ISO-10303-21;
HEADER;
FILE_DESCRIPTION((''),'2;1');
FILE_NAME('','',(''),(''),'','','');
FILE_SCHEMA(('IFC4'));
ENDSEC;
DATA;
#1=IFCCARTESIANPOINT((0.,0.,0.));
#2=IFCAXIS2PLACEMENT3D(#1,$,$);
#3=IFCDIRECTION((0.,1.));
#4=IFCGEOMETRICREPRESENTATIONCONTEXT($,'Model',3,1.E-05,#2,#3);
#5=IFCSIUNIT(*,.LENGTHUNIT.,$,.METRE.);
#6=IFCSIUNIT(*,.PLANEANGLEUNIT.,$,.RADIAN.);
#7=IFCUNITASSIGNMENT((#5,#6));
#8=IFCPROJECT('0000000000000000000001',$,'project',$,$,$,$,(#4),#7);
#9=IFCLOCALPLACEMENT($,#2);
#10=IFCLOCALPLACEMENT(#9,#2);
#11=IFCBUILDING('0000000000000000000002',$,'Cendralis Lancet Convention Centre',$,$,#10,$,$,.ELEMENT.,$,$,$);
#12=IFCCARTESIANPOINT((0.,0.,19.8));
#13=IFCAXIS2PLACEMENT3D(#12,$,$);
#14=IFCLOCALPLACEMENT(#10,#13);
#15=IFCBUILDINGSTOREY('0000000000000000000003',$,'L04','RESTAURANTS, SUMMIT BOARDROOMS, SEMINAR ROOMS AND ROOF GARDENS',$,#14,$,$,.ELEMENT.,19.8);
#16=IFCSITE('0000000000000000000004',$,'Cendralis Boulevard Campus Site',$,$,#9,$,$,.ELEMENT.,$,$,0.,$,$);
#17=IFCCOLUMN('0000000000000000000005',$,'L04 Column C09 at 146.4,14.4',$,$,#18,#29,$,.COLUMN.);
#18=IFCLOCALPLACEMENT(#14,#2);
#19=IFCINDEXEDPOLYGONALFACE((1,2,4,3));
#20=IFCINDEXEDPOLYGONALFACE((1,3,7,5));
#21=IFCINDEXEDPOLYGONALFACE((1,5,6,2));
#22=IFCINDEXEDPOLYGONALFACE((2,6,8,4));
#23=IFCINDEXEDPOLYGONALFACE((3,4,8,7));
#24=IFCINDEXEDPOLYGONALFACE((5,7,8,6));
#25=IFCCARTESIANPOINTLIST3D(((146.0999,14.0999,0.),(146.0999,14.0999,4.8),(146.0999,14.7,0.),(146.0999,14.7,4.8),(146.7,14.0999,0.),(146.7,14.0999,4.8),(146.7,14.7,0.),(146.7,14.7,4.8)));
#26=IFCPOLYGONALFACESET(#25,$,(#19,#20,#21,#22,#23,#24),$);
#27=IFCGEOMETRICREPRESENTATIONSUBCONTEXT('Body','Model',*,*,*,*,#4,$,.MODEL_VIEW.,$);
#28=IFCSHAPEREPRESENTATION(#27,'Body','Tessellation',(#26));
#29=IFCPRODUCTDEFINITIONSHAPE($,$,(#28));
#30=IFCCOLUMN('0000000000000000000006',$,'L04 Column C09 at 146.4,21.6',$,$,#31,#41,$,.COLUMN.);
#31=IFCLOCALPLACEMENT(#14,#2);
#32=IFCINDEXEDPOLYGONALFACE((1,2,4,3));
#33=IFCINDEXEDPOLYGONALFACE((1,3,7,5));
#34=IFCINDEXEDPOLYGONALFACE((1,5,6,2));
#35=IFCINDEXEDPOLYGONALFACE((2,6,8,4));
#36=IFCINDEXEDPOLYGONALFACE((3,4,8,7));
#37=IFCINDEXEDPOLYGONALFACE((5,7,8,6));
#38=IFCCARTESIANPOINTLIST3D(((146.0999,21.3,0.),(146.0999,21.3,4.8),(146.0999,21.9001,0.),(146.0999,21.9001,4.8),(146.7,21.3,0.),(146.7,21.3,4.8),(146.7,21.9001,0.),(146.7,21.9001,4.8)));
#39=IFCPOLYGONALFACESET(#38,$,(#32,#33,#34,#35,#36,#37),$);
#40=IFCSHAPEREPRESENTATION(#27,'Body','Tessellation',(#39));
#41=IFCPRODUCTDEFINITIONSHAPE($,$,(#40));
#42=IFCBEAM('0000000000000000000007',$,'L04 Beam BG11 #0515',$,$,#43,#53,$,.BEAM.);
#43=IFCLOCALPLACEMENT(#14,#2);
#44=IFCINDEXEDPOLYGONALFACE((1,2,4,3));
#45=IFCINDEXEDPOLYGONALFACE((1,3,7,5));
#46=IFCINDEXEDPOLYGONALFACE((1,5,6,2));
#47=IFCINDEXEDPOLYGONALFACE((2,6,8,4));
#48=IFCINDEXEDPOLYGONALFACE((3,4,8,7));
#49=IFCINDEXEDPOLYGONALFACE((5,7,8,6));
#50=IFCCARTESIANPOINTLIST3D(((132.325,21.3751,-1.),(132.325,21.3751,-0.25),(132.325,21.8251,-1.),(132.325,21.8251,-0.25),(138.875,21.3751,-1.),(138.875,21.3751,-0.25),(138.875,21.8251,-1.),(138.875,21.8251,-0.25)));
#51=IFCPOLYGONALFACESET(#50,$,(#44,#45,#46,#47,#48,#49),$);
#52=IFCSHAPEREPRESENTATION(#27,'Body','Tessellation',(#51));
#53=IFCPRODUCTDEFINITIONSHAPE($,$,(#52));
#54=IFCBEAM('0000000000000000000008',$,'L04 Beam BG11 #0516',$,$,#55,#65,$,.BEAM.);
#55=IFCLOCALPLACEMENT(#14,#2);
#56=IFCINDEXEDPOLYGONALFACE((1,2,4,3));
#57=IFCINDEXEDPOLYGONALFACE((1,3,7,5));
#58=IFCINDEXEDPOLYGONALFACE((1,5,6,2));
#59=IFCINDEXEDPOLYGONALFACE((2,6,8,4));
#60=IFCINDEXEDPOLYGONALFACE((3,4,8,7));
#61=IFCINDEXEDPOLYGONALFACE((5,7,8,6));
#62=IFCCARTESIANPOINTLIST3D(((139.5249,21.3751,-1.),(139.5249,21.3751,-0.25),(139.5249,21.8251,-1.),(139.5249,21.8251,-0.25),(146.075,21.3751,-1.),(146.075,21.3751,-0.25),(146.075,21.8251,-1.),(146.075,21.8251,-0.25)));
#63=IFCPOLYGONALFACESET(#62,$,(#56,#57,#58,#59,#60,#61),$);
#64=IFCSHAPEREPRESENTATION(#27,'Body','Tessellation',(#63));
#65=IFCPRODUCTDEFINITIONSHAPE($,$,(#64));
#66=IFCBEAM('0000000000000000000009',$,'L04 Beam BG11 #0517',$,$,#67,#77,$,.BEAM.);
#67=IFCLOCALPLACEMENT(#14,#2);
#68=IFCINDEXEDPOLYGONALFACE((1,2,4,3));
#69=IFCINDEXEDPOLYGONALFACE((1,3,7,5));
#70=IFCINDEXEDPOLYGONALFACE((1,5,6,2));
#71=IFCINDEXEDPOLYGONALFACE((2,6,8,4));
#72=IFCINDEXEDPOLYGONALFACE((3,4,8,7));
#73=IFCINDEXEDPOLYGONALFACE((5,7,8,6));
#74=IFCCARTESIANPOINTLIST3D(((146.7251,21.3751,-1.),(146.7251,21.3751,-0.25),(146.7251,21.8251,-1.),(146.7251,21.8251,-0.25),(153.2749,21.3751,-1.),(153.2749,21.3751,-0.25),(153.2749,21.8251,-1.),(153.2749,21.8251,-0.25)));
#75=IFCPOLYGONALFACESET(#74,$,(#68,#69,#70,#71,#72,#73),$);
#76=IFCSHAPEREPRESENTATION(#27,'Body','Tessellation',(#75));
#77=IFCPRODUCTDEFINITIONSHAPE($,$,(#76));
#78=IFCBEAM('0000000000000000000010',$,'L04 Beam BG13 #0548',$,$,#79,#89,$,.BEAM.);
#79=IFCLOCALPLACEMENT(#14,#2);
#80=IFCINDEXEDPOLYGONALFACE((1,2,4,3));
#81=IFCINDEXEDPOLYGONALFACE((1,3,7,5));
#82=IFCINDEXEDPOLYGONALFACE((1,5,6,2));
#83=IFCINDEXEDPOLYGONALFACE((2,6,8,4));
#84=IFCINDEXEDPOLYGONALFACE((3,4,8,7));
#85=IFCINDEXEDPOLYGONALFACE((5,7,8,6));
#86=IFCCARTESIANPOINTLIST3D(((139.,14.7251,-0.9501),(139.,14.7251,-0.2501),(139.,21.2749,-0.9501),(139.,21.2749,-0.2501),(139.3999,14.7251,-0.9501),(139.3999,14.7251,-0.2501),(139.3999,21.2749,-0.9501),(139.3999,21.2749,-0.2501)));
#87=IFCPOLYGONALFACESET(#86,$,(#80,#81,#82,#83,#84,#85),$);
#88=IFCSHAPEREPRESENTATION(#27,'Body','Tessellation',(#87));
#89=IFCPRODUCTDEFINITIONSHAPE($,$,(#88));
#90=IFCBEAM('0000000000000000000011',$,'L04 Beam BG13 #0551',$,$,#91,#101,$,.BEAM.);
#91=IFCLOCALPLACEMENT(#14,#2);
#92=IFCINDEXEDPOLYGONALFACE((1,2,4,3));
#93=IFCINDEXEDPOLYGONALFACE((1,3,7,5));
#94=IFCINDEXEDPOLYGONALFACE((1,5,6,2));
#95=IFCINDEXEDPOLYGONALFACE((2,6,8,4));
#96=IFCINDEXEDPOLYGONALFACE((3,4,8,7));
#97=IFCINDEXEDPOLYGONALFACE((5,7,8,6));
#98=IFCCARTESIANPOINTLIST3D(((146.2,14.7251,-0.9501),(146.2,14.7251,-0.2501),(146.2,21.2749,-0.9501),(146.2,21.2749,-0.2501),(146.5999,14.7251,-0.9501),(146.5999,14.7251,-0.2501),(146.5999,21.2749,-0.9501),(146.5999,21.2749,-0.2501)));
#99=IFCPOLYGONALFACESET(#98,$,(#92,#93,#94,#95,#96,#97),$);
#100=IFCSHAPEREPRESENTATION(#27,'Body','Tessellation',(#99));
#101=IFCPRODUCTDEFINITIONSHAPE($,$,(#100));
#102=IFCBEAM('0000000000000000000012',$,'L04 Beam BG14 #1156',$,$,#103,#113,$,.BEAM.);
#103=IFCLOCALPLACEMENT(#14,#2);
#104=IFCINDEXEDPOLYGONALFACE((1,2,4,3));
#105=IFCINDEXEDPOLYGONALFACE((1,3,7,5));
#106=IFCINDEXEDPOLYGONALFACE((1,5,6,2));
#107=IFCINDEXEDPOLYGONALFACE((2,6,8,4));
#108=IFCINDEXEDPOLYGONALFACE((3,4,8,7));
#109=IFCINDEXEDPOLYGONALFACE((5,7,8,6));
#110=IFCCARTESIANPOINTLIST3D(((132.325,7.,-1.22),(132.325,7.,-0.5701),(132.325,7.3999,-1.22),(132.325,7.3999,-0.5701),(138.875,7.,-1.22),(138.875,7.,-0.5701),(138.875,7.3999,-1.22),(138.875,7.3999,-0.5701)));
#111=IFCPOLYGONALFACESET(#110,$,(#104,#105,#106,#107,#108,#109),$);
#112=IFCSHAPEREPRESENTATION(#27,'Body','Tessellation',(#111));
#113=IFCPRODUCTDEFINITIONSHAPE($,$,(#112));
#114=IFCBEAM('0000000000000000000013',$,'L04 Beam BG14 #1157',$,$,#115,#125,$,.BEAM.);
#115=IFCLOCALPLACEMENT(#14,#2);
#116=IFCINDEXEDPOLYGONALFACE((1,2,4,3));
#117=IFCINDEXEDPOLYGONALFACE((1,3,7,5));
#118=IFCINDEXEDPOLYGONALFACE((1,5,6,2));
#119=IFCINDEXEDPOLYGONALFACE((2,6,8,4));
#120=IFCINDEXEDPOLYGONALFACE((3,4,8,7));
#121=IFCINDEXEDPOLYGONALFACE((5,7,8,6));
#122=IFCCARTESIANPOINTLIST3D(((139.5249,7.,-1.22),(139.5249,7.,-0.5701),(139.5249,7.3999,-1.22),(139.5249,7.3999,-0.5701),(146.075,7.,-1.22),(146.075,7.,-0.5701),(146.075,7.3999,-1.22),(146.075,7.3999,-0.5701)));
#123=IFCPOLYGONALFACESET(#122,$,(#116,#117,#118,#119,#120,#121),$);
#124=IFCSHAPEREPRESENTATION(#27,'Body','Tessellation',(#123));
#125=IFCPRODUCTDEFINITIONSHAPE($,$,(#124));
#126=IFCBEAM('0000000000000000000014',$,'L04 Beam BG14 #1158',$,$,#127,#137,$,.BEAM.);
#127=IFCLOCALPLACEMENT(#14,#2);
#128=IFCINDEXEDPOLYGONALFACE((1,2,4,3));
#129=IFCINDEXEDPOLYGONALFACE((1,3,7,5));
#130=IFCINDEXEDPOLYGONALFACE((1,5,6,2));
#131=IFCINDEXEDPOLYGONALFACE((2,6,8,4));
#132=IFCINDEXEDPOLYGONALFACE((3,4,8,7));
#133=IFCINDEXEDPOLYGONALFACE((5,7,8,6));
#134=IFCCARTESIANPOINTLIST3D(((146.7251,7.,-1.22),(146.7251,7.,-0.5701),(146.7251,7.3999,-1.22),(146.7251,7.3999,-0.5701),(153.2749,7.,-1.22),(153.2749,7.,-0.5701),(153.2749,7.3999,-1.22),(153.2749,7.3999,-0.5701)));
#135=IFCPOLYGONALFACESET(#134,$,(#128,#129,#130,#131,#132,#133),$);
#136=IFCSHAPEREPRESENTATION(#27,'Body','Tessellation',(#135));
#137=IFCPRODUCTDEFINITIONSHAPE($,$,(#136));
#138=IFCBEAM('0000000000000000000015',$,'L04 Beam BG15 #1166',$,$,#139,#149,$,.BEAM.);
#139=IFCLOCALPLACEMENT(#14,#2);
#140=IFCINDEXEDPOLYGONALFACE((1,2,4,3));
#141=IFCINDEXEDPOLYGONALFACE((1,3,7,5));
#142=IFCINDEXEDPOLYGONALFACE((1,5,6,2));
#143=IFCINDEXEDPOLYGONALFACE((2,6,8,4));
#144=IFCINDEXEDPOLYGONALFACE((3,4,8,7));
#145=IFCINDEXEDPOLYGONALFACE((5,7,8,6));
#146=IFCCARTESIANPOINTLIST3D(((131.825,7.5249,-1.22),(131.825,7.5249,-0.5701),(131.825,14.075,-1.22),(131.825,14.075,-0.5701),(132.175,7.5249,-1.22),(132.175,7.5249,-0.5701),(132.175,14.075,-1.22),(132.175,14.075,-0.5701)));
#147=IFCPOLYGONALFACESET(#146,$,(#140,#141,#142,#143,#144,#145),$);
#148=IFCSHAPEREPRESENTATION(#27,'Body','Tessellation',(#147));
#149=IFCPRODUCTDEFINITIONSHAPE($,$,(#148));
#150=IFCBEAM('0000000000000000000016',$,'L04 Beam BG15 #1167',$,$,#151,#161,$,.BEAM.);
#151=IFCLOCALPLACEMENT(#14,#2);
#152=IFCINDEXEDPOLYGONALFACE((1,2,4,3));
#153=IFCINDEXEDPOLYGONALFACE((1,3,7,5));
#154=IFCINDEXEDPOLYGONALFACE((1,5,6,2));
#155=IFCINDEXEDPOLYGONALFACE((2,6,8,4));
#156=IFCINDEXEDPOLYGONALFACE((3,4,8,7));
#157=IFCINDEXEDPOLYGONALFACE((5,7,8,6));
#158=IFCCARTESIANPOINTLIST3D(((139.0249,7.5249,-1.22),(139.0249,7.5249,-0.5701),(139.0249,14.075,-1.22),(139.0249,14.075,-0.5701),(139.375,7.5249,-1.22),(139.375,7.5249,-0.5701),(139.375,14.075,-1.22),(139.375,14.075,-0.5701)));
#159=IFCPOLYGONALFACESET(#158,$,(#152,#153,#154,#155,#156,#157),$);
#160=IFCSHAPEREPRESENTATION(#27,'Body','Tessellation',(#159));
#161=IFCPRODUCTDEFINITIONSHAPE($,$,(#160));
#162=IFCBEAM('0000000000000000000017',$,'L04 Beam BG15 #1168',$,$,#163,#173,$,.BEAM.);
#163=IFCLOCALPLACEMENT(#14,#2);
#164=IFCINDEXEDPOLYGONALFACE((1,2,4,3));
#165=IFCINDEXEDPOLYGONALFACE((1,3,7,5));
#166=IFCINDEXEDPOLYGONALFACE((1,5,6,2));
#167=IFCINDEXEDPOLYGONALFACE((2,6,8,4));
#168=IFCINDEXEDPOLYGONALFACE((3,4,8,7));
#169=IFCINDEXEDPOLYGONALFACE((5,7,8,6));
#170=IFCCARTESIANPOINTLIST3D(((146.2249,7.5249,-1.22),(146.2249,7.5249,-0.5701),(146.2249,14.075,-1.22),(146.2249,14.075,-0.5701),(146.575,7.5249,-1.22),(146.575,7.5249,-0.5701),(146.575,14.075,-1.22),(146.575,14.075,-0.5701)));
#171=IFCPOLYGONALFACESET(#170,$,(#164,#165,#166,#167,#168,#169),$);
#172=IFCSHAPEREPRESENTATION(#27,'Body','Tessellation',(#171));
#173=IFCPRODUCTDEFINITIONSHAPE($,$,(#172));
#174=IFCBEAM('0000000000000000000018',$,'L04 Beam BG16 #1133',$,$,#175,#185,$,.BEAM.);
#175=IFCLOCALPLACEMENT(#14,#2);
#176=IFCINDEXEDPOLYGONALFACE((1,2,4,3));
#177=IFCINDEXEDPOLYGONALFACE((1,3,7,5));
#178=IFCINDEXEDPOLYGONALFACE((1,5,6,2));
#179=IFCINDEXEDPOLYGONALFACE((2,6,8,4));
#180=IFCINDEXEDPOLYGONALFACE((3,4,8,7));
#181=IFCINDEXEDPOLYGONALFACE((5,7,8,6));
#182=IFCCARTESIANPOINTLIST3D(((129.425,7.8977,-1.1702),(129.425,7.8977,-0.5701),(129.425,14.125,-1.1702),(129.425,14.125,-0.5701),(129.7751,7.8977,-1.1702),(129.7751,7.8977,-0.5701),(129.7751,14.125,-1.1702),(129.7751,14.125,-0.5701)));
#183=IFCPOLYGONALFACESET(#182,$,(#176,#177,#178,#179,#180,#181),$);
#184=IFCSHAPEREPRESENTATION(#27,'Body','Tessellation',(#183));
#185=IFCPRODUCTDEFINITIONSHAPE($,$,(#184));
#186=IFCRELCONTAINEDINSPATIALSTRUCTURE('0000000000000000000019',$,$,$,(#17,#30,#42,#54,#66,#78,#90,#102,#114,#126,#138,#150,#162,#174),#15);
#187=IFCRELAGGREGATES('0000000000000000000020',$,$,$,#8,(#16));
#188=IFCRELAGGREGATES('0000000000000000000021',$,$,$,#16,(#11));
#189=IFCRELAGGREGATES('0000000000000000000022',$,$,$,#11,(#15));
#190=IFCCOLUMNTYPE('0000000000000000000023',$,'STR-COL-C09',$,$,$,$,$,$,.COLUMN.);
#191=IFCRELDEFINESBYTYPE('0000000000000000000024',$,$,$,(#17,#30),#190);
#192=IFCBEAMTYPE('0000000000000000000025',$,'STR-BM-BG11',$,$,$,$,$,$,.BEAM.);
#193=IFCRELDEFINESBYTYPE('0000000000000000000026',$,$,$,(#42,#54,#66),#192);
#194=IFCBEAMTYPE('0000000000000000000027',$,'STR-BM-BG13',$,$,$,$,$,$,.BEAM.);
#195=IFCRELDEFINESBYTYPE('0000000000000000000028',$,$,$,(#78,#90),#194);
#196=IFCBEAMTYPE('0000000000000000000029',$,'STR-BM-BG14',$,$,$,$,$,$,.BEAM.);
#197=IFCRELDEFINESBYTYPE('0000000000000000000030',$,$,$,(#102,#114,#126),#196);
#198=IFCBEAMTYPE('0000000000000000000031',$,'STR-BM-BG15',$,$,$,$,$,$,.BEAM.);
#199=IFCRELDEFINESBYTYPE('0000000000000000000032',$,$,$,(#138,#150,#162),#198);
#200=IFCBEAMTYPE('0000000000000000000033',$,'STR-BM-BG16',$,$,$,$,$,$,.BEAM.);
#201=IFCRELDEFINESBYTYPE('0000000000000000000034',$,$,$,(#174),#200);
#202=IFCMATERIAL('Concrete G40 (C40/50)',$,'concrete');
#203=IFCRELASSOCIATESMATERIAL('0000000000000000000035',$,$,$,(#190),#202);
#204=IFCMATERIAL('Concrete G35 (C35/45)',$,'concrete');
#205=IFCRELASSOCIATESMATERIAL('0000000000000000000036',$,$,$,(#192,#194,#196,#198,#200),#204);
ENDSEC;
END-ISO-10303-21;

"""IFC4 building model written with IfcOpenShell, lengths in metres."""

from ifc_helpers import new_model, si_unit, direction, frame, origin, origin_2d, place, context, subcontext, project, spatial, rectangle, extrude, material, material_profile, profile_set, type_object, element, save


model = new_model("IFC4")

# Units and contexts
model_context = context("Model", 3, precision=1e-05, world=origin(), true_north=direction((0.0, 1.0)))
body_context = subcontext(model_context, "Body", "Model", "MODEL_VIEW")
ifc_project = project(units=[si_unit("LENGTHUNIT", "METRE"), si_unit("PLANEANGLEUNIT", "RADIAN")], contexts=[model_context])

# Site, building, storey
site_placement = place(None, origin())
site = spatial("IfcSite", under=ifc_project, at=site_placement, Name="Cendralis Boulevard Campus Site", CompositionType="ELEMENT", RefElevation=0.0)
building_placement = place(site_placement, origin())
building = spatial("IfcBuilding", under=site, at=building_placement, Name="Cendralis Lancet Convention Centre", CompositionType="ELEMENT")
storey_placement = place(building_placement, frame((0.0, 0.0, 19.8)))
storey = spatial("IfcBuildingStorey", under=building, at=storey_placement, Name="L04", Description="RESTAURANTS, SUMMIT BOARDROOMS, SEMINAR ROOMS AND ROOF GARDENS", CompositionType="ELEMENT", Elevation=19.8)

# Columns
ifc_material_1 = material(Name="Concrete G40 (C40/50)", Category="concrete")
ifc_material_profile_1 = material_profile(ifc_material_1, rectangle(XDim=0.6001, YDim=0.6001, at=origin_2d()), Name="RC 600x600")
ifc_profile_set_1 = profile_set([ifc_material_profile_1], Name="Concrete G40 (C40/50)")
column_type = type_object("IfcColumnType", Name="STR-COL-C09", PredefinedType="COLUMN", material=ifc_profile_set_1)
for number, where, z_axis, x_axis, name in (
    (1, (146.3999, 14.3999, 0.0), (0.0, 0.0, 1.0), (1.0, 0.0, 0.0), "L04 Column C09 at 146.4,14.4"),
    (2, (146.3999, 21.6001, 0.0), (0.0, 0.0, 1.0), (1.0, 0.0, 0.0), "L04 Column C09 at 146.4,21.6"),
):
    element("IfcColumn", number, at=place(storey_placement, frame(where, z_axis=z_axis, x_axis=x_axis)), inside=storey, type_object=column_type, Name=name, PredefinedType="COLUMN", context=body_context, shape_type="SweptSolid", body=[
        extrude(rectangle(XDim=0.6001, YDim=0.6001, at=origin_2d()), origin(), (0.0, 0.0, 1.0), 4.8),
    ])

# Beams
ifc_material_2 = material(Name="Concrete G35 (C35/45)", Category="concrete")
ifc_material_profile_2 = material_profile(ifc_material_2, rectangle(XDim=0.45, YDim=0.75, at=origin_2d()), Name="RCB 450x750")
ifc_profile_set_2 = profile_set([ifc_material_profile_2], Name="Concrete G35 (C35/45)")
beam_type_1 = type_object("IfcBeamType", Name="STR-BM-BG11", PredefinedType="BEAM", material=ifc_profile_set_2)
for number, where, z_axis, x_axis, name in (
    (3, (132.325, 21.6001, -0.625), (1.0, 0.0, 0.0), (0.0, 1.0, 0.0), "L04 Beam BG11 #0515"),
    (4, (139.5249, 21.6001, -0.625), (1.0, 0.0, 0.0), (0.0, 1.0, 0.0), "L04 Beam BG11 #0516"),
):
    element("IfcBeam", number, at=place(storey_placement, frame(where, z_axis=z_axis, x_axis=x_axis)), inside=storey, type_object=beam_type_1, Name=name, PredefinedType="BEAM", context=body_context, shape_type="SweptSolid", body=[
        extrude(rectangle(XDim=0.45, YDim=0.75, at=origin_2d()), origin(), (0.0, 0.0, 1.0), 6.55),
    ])
beam_1_placement = place(storey_placement, frame((146.7251, 21.6001, -0.625), z_axis=(1.0, 0.0, 0.0), x_axis=(0.0, 1.0, 0.0)))
element("IfcBeam", 5, at=beam_1_placement, inside=storey, type_object=beam_type_1, Name="L04 Beam BG11 #0517", PredefinedType="BEAM", context=body_context, shape_type="SweptSolid", body=[
    extrude(rectangle(XDim=0.45, YDim=0.75, at=origin_2d()), origin(), (0.0, 0.0, 1.0), 6.5498),
])
ifc_material_profile_3 = material_profile(ifc_material_2, rectangle(XDim=0.3999, YDim=0.7, at=origin_2d()), Name="RCB 400x700")
ifc_profile_set_3 = profile_set([ifc_material_profile_3], Name="Concrete G35 (C35/45)")
beam_type_2 = type_object("IfcBeamType", Name="STR-BM-BG13", PredefinedType="BEAM", material=ifc_profile_set_3)
for number, where, z_axis, x_axis, name in (
    (6, (139.2, 14.7251, -0.6001), (0.0, 1.0, 0.0), (-1.0, 0.0, 0.0), "L04 Beam BG13 #0548"),
    (7, (146.3999, 14.7251, -0.6001), (0.0, 1.0, 0.0), (-1.0, 0.0, 0.0), "L04 Beam BG13 #0551"),
):
    element("IfcBeam", number, at=place(storey_placement, frame(where, z_axis=z_axis, x_axis=x_axis)), inside=storey, type_object=beam_type_2, Name=name, PredefinedType="BEAM", context=body_context, shape_type="SweptSolid", body=[
        extrude(rectangle(XDim=0.3999, YDim=0.7, at=origin_2d()), origin(), (0.0, 0.0, 1.0), 6.5498),
    ])
ifc_material_profile_4 = material_profile(ifc_material_2, rectangle(XDim=0.3999, YDim=0.6499, at=origin_2d()), Name="RCB 400x650")
ifc_profile_set_4 = profile_set([ifc_material_profile_4], Name="Concrete G35 (C35/45)")
beam_type_3 = type_object("IfcBeamType", Name="STR-BM-BG14", PredefinedType="BEAM", material=ifc_profile_set_4)
for number, where, z_axis, x_axis, name in (
    (8, (132.325, 7.2, -0.895), (1.0, 0.0, 0.0), (0.0, 1.0, 0.0), "L04 Beam BG14 #1156"),
    (9, (139.5249, 7.2, -0.895), (1.0, 0.0, 0.0), (0.0, 1.0, 0.0), "L04 Beam BG14 #1157"),
):
    element("IfcBeam", number, at=place(storey_placement, frame(where, z_axis=z_axis, x_axis=x_axis)), inside=storey, type_object=beam_type_3, Name=name, PredefinedType="BEAM", context=body_context, shape_type="SweptSolid", body=[
        extrude(rectangle(XDim=0.3999, YDim=0.6499, at=origin_2d()), origin(), (0.0, 0.0, 1.0), 6.55),
    ])
beam_2_placement = place(storey_placement, frame((146.7251, 7.2, -0.895), z_axis=(1.0, 0.0, 0.0), x_axis=(0.0, 1.0, 0.0)))
element("IfcBeam", 10, at=beam_2_placement, inside=storey, type_object=beam_type_3, Name="L04 Beam BG14 #1158", PredefinedType="BEAM", context=body_context, shape_type="SweptSolid", body=[
    extrude(rectangle(XDim=0.3999, YDim=0.6499, at=origin_2d()), origin(), (0.0, 0.0, 1.0), 6.5498),
])
ifc_material_profile_5 = material_profile(ifc_material_2, rectangle(XDim=0.3501, YDim=0.6499, at=origin_2d()), Name="RCB 350x650")
ifc_profile_set_5 = profile_set([ifc_material_profile_5], Name="Concrete G35 (C35/45)")
beam_type_4 = type_object("IfcBeamType", Name="STR-BM-BG15", PredefinedType="BEAM", material=ifc_profile_set_5)
for number, where, z_axis, x_axis, name in (
    (11, (132.0, 7.5249, -0.895), (0.0, 1.0, 0.0), (-1.0, 0.0, 0.0), "L04 Beam BG15 #1166"),
    (12, (139.2, 7.5249, -0.895), (0.0, 1.0, 0.0), (-1.0, 0.0, 0.0), "L04 Beam BG15 #1167"),
    (13, (146.3999, 7.5249, -0.895), (0.0, 1.0, 0.0), (-1.0, 0.0, 0.0), "L04 Beam BG15 #1168"),
):
    element("IfcBeam", number, at=place(storey_placement, frame(where, z_axis=z_axis, x_axis=x_axis)), inside=storey, type_object=beam_type_4, Name=name, PredefinedType="BEAM", context=body_context, shape_type="SweptSolid", body=[
        extrude(rectangle(XDim=0.3501, YDim=0.6499, at=origin_2d()), origin(), (0.0, 0.0, 1.0), 6.55),
    ])
ifc_material_profile_6 = material_profile(ifc_material_2, rectangle(XDim=0.3501, YDim=0.6001, at=origin_2d()), Name="RCB 350x600")
ifc_profile_set_6 = profile_set([ifc_material_profile_6], Name="Concrete G35 (C35/45)")
beam_type_5 = type_object("IfcBeamType", Name="STR-BM-BG16", PredefinedType="BEAM", material=ifc_profile_set_6)
beam_3_placement = place(storey_placement, frame((129.6001, 7.8977, -0.8701), z_axis=(0.0, 1.0, 0.0), x_axis=(-1.0, 0.0, 0.0)))
element("IfcBeam", 14, at=beam_3_placement, inside=storey, type_object=beam_type_5, Name="L04 Beam BG16 #1133", PredefinedType="BEAM", context=body_context, shape_type="SweptSolid", body=[
    extrude(rectangle(XDim=0.3501, YDim=0.6001, at=origin_2d()), origin(), (0.0, 0.0, 1.0), 6.2273),
])

save(model, "model.ifc")
